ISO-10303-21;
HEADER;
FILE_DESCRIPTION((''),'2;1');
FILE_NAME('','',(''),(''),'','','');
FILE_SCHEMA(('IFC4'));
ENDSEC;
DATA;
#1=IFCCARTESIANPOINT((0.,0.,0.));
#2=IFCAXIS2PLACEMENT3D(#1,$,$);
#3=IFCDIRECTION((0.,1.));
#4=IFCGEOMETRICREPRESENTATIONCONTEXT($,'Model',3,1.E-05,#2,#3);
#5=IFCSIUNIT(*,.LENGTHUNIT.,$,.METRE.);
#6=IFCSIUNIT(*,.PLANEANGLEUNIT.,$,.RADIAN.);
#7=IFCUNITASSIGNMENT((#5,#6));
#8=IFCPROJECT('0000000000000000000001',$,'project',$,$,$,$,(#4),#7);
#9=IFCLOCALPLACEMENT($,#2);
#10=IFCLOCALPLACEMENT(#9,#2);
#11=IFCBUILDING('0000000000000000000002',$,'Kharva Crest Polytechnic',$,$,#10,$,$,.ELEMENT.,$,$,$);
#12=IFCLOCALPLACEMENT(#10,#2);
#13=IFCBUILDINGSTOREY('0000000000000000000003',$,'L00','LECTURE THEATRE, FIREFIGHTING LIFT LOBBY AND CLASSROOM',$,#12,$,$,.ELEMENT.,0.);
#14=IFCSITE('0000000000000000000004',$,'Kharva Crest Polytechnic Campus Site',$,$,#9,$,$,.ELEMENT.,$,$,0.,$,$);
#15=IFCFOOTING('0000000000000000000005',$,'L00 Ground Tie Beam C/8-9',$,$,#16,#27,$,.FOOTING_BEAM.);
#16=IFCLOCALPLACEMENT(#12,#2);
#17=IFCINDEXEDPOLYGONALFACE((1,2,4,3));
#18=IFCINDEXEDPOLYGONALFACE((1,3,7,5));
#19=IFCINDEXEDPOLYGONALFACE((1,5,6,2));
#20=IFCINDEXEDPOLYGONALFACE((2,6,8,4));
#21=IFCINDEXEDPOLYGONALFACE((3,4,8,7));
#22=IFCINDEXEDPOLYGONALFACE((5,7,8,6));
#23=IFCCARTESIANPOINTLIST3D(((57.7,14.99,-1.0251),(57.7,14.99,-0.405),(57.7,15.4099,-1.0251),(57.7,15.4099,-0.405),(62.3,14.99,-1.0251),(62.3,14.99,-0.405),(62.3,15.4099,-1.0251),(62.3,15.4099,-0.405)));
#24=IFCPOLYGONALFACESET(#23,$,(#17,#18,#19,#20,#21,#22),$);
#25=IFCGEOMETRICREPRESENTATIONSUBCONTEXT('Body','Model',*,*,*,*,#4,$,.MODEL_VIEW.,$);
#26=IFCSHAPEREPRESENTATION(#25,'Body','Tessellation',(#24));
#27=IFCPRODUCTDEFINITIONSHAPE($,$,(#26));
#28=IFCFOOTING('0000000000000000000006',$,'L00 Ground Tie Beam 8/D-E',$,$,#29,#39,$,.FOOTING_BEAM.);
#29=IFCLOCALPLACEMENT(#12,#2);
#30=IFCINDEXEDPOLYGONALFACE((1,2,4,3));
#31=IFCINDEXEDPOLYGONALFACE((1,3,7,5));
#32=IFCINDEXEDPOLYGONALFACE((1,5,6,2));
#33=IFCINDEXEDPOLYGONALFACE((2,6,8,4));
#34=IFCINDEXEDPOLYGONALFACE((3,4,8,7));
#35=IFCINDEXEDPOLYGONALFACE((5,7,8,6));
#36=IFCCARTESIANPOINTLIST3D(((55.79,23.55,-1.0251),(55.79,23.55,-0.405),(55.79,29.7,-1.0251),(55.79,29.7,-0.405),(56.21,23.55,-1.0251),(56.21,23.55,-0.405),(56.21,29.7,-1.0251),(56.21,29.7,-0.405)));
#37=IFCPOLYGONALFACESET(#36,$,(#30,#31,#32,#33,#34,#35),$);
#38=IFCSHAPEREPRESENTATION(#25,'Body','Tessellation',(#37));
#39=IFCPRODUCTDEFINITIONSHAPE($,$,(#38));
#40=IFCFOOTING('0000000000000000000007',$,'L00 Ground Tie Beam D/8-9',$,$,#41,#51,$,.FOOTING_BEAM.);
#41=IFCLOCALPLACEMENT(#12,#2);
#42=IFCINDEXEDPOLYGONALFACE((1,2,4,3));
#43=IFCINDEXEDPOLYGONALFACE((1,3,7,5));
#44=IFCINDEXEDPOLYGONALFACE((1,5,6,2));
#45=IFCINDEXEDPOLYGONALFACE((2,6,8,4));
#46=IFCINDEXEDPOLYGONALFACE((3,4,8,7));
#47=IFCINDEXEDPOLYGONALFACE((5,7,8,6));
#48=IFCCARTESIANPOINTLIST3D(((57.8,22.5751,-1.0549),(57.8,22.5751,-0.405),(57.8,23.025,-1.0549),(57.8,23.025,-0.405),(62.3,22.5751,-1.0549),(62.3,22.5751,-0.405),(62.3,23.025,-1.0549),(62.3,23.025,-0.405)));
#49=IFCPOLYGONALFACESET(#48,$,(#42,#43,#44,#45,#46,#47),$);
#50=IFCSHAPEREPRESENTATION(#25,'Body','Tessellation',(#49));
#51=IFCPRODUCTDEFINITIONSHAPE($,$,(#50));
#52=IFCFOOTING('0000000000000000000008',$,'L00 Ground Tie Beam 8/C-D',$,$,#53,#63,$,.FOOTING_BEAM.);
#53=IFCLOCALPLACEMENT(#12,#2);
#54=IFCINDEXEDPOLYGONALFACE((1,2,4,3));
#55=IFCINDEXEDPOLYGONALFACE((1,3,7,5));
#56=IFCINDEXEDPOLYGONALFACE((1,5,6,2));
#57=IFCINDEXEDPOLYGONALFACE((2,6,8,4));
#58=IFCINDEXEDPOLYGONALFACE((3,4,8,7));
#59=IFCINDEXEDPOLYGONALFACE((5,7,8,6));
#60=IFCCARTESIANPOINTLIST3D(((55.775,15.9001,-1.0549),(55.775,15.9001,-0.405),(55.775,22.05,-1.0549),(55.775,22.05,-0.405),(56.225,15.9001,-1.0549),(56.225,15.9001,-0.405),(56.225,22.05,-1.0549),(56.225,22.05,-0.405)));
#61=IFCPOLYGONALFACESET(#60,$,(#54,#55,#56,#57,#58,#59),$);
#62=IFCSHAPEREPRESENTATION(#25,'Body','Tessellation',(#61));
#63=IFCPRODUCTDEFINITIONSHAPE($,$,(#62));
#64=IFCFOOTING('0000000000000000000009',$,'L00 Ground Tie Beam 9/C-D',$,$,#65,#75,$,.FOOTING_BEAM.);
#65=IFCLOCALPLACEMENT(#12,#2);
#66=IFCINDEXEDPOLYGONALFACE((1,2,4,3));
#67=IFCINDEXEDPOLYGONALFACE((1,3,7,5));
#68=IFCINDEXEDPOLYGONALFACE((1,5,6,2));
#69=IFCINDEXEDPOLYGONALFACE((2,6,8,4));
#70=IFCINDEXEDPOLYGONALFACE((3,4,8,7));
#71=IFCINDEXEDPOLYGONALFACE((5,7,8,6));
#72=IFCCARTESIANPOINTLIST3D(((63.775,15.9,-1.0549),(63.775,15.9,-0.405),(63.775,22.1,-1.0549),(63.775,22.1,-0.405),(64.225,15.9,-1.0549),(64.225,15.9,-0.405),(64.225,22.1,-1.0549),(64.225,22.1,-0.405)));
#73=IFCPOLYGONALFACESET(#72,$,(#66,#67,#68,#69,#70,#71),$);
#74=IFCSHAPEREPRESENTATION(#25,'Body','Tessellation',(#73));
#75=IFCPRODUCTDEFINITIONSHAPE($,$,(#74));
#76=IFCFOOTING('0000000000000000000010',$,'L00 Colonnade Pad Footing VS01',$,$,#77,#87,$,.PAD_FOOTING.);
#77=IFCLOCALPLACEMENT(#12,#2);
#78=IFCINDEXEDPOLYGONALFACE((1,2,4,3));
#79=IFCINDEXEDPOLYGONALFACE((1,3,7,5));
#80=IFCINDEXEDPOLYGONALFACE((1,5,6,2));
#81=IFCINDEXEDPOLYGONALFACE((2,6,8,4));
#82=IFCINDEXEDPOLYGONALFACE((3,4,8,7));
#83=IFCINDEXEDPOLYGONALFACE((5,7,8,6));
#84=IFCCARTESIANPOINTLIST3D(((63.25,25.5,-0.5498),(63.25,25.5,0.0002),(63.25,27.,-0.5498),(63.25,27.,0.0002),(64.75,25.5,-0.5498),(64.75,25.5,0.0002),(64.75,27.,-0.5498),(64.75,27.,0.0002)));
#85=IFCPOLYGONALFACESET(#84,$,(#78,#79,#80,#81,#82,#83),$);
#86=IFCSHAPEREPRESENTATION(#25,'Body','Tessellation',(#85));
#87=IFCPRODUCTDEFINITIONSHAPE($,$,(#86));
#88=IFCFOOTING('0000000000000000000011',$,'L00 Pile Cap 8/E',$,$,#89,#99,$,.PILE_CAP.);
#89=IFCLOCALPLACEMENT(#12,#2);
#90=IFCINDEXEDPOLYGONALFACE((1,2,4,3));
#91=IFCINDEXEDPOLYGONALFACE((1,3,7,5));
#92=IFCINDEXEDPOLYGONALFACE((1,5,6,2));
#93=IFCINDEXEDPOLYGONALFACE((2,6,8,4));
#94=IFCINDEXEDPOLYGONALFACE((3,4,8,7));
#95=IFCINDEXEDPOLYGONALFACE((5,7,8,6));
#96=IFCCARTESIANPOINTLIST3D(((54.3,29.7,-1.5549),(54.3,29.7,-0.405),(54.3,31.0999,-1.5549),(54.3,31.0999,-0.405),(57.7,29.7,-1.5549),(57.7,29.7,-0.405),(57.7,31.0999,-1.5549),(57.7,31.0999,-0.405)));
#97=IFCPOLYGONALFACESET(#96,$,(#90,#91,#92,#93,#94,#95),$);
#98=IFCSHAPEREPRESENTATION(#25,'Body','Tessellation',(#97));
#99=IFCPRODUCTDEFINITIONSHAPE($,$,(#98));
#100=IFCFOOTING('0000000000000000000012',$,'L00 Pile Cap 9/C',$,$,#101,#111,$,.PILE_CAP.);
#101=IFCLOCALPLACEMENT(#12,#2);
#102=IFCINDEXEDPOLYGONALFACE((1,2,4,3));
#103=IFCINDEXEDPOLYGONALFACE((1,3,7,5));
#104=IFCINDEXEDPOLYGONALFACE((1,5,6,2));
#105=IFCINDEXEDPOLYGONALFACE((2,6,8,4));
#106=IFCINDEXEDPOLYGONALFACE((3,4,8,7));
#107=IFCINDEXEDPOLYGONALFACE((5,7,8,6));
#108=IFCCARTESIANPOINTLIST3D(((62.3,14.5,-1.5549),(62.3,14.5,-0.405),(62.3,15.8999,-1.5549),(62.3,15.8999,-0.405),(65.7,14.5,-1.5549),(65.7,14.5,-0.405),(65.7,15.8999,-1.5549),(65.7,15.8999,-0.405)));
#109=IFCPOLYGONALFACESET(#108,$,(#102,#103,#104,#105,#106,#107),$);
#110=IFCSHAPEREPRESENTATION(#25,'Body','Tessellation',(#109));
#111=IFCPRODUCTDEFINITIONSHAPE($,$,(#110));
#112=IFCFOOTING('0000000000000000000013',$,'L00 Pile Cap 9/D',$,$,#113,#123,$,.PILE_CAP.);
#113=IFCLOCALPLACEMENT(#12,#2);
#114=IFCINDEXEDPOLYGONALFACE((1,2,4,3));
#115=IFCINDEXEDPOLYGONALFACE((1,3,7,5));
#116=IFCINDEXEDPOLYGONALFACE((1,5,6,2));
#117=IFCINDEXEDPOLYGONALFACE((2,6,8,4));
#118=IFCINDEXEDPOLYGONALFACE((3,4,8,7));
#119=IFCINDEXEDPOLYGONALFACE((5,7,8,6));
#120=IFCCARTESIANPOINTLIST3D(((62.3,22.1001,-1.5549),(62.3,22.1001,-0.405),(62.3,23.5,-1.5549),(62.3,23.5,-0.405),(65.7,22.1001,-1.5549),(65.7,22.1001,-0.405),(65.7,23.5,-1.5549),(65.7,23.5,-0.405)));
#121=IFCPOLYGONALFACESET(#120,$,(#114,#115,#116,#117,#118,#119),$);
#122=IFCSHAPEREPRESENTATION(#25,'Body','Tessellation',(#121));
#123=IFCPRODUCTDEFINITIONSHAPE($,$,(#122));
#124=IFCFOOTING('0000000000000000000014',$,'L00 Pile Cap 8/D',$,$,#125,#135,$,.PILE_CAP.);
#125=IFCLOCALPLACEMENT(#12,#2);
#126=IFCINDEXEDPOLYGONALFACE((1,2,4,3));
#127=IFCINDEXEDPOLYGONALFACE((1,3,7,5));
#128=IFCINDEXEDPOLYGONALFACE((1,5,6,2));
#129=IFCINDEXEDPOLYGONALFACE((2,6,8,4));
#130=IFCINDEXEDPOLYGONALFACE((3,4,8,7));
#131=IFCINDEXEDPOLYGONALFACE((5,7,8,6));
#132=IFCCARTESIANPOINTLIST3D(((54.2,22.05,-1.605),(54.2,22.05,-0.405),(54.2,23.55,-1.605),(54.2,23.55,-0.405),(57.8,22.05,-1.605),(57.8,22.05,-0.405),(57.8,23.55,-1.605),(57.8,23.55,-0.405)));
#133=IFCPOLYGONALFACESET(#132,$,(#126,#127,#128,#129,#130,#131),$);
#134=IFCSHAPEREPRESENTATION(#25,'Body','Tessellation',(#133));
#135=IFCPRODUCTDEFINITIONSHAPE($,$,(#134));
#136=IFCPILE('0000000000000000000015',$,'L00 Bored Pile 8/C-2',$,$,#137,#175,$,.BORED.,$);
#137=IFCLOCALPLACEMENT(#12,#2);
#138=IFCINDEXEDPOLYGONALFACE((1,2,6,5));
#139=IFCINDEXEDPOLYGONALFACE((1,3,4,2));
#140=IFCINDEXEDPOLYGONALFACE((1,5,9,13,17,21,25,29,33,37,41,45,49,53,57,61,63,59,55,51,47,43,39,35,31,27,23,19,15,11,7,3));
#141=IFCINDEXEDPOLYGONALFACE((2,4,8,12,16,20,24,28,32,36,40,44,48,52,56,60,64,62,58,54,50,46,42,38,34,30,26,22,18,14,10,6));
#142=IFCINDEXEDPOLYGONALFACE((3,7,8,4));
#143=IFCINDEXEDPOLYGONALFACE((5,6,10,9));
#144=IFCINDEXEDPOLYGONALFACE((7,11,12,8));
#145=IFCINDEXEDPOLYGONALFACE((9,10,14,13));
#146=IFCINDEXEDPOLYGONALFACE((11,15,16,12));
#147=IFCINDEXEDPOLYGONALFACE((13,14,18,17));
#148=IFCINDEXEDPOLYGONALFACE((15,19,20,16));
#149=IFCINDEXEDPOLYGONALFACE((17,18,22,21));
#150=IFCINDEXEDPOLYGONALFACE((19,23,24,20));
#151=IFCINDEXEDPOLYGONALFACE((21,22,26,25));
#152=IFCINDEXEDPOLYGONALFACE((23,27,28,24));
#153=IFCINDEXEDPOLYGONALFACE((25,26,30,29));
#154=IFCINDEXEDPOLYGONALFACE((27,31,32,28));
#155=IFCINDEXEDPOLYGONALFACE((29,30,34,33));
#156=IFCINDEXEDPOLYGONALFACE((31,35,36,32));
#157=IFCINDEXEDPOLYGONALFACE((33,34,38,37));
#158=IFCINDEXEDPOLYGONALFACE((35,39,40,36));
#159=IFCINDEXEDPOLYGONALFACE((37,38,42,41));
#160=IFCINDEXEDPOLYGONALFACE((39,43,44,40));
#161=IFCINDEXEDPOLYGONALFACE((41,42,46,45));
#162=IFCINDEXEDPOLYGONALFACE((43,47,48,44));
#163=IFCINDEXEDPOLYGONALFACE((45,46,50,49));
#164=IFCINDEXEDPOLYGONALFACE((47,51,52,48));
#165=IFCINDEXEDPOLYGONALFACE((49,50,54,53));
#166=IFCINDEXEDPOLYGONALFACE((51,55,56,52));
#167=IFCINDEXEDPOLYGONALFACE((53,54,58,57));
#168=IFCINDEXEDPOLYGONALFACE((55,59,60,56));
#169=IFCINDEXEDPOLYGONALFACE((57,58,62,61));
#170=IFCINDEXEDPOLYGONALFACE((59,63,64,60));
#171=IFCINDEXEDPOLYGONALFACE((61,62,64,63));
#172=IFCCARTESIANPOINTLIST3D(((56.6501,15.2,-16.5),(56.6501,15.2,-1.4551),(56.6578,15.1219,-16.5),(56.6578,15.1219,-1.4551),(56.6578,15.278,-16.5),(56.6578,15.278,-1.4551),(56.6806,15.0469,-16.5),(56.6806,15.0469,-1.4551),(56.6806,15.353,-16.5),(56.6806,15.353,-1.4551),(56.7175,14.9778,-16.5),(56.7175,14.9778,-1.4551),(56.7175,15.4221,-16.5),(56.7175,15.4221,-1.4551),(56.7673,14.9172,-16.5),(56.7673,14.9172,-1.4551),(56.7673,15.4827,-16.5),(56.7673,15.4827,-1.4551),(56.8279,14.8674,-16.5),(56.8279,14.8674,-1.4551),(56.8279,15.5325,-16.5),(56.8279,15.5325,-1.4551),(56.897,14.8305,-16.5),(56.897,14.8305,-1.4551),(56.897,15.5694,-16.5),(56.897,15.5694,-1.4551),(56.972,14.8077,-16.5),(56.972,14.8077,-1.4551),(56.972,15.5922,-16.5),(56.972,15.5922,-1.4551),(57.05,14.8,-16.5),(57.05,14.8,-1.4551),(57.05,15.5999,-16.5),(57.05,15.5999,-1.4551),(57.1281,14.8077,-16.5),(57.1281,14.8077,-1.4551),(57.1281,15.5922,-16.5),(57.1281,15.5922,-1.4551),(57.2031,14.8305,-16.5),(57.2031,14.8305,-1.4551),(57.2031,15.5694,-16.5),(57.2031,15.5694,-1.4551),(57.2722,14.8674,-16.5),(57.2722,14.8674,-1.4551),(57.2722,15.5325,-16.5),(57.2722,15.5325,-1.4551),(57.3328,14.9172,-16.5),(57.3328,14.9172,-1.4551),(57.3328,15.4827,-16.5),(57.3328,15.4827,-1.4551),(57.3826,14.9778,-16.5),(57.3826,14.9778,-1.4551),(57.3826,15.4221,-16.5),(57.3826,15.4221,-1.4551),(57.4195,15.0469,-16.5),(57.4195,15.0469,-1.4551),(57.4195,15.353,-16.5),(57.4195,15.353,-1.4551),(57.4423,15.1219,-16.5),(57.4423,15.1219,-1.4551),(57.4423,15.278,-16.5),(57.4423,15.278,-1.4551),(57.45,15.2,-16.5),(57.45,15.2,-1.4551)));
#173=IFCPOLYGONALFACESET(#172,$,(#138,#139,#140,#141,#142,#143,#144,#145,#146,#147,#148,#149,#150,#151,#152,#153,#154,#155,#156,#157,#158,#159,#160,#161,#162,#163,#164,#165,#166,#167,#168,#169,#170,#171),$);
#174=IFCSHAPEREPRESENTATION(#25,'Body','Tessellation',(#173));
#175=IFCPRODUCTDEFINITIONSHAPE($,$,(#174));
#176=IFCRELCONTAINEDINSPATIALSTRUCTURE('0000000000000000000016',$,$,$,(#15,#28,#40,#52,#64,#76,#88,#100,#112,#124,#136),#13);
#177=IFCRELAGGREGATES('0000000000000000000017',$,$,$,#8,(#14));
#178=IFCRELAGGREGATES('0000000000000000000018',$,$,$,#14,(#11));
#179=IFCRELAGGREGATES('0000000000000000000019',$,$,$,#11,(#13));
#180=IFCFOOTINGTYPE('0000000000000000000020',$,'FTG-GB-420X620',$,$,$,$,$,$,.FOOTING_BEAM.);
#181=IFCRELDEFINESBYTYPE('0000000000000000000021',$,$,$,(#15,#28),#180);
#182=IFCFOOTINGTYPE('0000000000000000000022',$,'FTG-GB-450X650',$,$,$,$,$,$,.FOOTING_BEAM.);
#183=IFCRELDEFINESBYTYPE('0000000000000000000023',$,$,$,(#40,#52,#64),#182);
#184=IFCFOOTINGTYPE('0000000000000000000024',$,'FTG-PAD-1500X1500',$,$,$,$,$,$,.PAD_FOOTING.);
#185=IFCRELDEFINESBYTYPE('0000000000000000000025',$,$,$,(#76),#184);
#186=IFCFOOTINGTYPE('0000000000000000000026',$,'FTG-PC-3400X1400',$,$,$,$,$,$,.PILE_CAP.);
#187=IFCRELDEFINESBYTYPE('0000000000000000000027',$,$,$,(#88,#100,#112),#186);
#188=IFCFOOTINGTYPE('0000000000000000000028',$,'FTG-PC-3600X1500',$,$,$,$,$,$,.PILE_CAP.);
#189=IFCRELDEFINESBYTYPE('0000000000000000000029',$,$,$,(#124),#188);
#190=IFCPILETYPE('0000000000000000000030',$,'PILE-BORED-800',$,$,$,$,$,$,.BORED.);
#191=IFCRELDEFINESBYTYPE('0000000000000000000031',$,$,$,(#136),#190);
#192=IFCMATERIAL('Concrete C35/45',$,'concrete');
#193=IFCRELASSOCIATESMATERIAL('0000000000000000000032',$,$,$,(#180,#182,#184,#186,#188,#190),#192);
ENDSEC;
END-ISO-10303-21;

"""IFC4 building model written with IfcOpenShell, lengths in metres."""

from ifc_helpers import new_model, si_unit, direction, frame, origin, origin_2d, place, context, subcontext, project, spatial, rectangle, circle, extrude, material, material_profile, profile_set, type_object, element, save


model = new_model("IFC4")

# Units and contexts
model_context = context("Model", 3, precision=1e-05, world=origin(), true_north=direction((0.0, 1.0)))
body_context = subcontext(model_context, "Body", "Model", "MODEL_VIEW")
ifc_project = project(units=[si_unit("LENGTHUNIT", "METRE"), si_unit("PLANEANGLEUNIT", "RADIAN")], contexts=[model_context])

# Site, building, storey
site_placement = place(None, origin())
site = spatial("IfcSite", under=ifc_project, at=site_placement, Name="Kharva Crest Polytechnic Campus Site", CompositionType="ELEMENT", RefElevation=0.0)
building_placement = place(site_placement, origin())
building = spatial("IfcBuilding", under=site, at=building_placement, Name="Kharva Crest Polytechnic", CompositionType="ELEMENT")
storey_placement = place(building_placement, origin())
storey = spatial("IfcBuildingStorey", under=building, at=storey_placement, Name="L00", Description="LECTURE THEATRE, FIREFIGHTING LIFT LOBBY AND CLASSROOM", CompositionType="ELEMENT", Elevation=0.0)

# Footings
ifc_material_1 = material(Name="Concrete C35/45", Category="concrete")
footing_type_1 = type_object("IfcFootingType", Name="FTG-GB-420X620", PredefinedType="FOOTING_BEAM", material=ifc_material_1)
footing_1_placement = place(storey_placement, frame((60.0, 15.2, -1.0251), z_axis=(0.0, 0.0, 1.0), x_axis=(1.0, 0.0, 0.0)))
element("IfcFooting", 1, at=footing_1_placement, inside=storey, type_object=footing_type_1, Name="L00 Ground Tie Beam C/8-9", PredefinedType="FOOTING_BEAM", context=body_context, shape_type="SweptSolid", body=[
    extrude(rectangle(XDim=4.6001, YDim=0.4199, at=origin_2d()), origin(), (0.0, 0.0, 1.0), 0.6201),
])
footing_2_placement = place(storey_placement, frame((56.0, 26.625, -1.0251), z_axis=(0.0, 0.0, 1.0), x_axis=(0.0, 1.0, 0.0)))
element("IfcFooting", 2, at=footing_2_placement, inside=storey, type_object=footing_type_1, Name="L00 Ground Tie Beam 8/D-E", PredefinedType="FOOTING_BEAM", context=body_context, shape_type="SweptSolid", body=[
    extrude(rectangle(XDim=6.1499, YDim=0.4199, at=origin_2d()), origin(), (0.0, 0.0, 1.0), 0.6201),
])
footing_type_2 = type_object("IfcFootingType", Name="FTG-GB-450X650", PredefinedType="FOOTING_BEAM", material=ifc_material_1)
footing_3_placement = place(storey_placement, frame((60.05, 22.8, -1.0549), z_axis=(0.0, 0.0, 1.0), x_axis=(1.0, 0.0, 0.0)))
element("IfcFooting", 3, at=footing_3_placement, inside=storey, type_object=footing_type_2, Name="L00 Ground Tie Beam D/8-9", PredefinedType="FOOTING_BEAM", context=body_context, shape_type="SweptSolid", body=[
    extrude(rectangle(XDim=4.5, YDim=0.45, at=origin_2d()), origin(), (0.0, 0.0, 1.0), 0.6499),
])
footing_4_placement = place(storey_placement, frame((56.0, 18.9751, -1.0549), z_axis=(0.0, 0.0, 1.0), x_axis=(0.0, 1.0, 0.0)))
element("IfcFooting", 4, at=footing_4_placement, inside=storey, type_object=footing_type_2, Name="L00 Ground Tie Beam 8/C-D", PredefinedType="FOOTING_BEAM", context=body_context, shape_type="SweptSolid", body=[
    extrude(rectangle(XDim=6.1499, YDim=0.45, at=origin_2d()), origin(), (0.0, 0.0, 1.0), 0.6499),
])
footing_5_placement = place(storey_placement, frame((64.0, 19.0, -1.0549), z_axis=(0.0, 0.0, 1.0), x_axis=(0.0, 1.0, 0.0)))
element("IfcFooting", 5, at=footing_5_placement, inside=storey, type_object=footing_type_2, Name="L00 Ground Tie Beam 9/C-D", PredefinedType="FOOTING_BEAM", context=body_context, shape_type="SweptSolid", body=[
    extrude(rectangle(XDim=6.2, YDim=0.45, at=origin_2d()), origin(), (0.0, 0.0, 1.0), 0.6499),
])
footing_type_3 = type_object("IfcFootingType", Name="FTG-PAD-1500X1500", PredefinedType="PAD_FOOTING", material=ifc_material_1)
footing_6_placement = place(storey_placement, frame((64.0, 26.25, -0.5498), z_axis=(0.0, 0.0, 1.0), x_axis=(1.0, 0.0, 0.0)))
element("IfcFooting", 6, at=footing_6_placement, inside=storey, type_object=footing_type_3, Name="L00 Colonnade Pad Footing VS01", PredefinedType="PAD_FOOTING", context=body_context, shape_type="SweptSolid", body=[
    extrude(rectangle(XDim=1.5, YDim=1.5, at=origin_2d()), origin(), (0.0, 0.0, 1.0), 0.55),
])
footing_type_4 = type_object("IfcFootingType", Name="FTG-PC-3400X1400", PredefinedType="PILE_CAP", material=ifc_material_1)
for number, where, z_axis, x_axis, name in (
    (7, (56.0, 30.3999, -1.5549), (0.0, 0.0, 1.0), (1.0, 0.0, 0.0), "L00 Pile Cap 8/E"),
    (8, (64.0, 15.2, -1.5549), (0.0, 0.0, 1.0), (1.0, 0.0, 0.0), "L00 Pile Cap 9/C"),
    (9, (64.0, 22.8, -1.5549), (0.0, 0.0, 1.0), (1.0, 0.0, 0.0), "L00 Pile Cap 9/D"),
):
    element("IfcFooting", number, at=place(storey_placement, frame(where, z_axis=z_axis, x_axis=x_axis)), inside=storey, type_object=footing_type_4, Name=name, PredefinedType="PILE_CAP", context=body_context, shape_type="SweptSolid", body=[
        extrude(rectangle(XDim=3.3999, YDim=1.3999, at=origin_2d()), origin(), (0.0, 0.0, 1.0), 1.1499),
    ])
footing_type_5 = type_object("IfcFootingType", Name="FTG-PC-3600X1500", PredefinedType="PILE_CAP", material=ifc_material_1)
footing_7_placement = place(storey_placement, frame((56.0, 22.8, -1.605), z_axis=(0.0, 0.0, 1.0), x_axis=(1.0, 0.0, 0.0)))
element("IfcFooting", 10, at=footing_7_placement, inside=storey, type_object=footing_type_5, Name="L00 Pile Cap 8/D", PredefinedType="PILE_CAP", context=body_context, shape_type="SweptSolid", body=[
    extrude(rectangle(XDim=3.6001, YDim=1.5, at=origin_2d()), origin(), (0.0, 0.0, 1.0), 1.2),
])

# Pile
ifc_material_profile_1 = material_profile(ifc_material_1, circle(Radius=0.3999, at=origin_2d()), Name="DIA 800")
ifc_profile_set_1 = profile_set([ifc_material_profile_1], Name="Concrete C35/45")
pile_type_1 = type_object("IfcPileType", Name="PILE-BORED-800", PredefinedType="BORED", material=ifc_profile_set_1)
for number, where, z_axis, x_axis, name in (
    (11, (57.05, 15.2, -1.4551), (0.0, 0.0, -1.0), (1.0, 0.0, 0.0), "L00 Bored Pile 8/C-2"),
):
    element("IfcPile", number, at=place(storey_placement, frame(where, z_axis=z_axis, x_axis=x_axis)), inside=storey, type_object=pile_type_1, Name=name, PredefinedType="BORED", context=body_context, shape_type="SweptSolid", body=[
        extrude(circle(Radius=0.3999, at=origin_2d()), origin(), (0.0, 0.0, 1.0), 15.0449),
    ])

save(model, "model.ifc")
